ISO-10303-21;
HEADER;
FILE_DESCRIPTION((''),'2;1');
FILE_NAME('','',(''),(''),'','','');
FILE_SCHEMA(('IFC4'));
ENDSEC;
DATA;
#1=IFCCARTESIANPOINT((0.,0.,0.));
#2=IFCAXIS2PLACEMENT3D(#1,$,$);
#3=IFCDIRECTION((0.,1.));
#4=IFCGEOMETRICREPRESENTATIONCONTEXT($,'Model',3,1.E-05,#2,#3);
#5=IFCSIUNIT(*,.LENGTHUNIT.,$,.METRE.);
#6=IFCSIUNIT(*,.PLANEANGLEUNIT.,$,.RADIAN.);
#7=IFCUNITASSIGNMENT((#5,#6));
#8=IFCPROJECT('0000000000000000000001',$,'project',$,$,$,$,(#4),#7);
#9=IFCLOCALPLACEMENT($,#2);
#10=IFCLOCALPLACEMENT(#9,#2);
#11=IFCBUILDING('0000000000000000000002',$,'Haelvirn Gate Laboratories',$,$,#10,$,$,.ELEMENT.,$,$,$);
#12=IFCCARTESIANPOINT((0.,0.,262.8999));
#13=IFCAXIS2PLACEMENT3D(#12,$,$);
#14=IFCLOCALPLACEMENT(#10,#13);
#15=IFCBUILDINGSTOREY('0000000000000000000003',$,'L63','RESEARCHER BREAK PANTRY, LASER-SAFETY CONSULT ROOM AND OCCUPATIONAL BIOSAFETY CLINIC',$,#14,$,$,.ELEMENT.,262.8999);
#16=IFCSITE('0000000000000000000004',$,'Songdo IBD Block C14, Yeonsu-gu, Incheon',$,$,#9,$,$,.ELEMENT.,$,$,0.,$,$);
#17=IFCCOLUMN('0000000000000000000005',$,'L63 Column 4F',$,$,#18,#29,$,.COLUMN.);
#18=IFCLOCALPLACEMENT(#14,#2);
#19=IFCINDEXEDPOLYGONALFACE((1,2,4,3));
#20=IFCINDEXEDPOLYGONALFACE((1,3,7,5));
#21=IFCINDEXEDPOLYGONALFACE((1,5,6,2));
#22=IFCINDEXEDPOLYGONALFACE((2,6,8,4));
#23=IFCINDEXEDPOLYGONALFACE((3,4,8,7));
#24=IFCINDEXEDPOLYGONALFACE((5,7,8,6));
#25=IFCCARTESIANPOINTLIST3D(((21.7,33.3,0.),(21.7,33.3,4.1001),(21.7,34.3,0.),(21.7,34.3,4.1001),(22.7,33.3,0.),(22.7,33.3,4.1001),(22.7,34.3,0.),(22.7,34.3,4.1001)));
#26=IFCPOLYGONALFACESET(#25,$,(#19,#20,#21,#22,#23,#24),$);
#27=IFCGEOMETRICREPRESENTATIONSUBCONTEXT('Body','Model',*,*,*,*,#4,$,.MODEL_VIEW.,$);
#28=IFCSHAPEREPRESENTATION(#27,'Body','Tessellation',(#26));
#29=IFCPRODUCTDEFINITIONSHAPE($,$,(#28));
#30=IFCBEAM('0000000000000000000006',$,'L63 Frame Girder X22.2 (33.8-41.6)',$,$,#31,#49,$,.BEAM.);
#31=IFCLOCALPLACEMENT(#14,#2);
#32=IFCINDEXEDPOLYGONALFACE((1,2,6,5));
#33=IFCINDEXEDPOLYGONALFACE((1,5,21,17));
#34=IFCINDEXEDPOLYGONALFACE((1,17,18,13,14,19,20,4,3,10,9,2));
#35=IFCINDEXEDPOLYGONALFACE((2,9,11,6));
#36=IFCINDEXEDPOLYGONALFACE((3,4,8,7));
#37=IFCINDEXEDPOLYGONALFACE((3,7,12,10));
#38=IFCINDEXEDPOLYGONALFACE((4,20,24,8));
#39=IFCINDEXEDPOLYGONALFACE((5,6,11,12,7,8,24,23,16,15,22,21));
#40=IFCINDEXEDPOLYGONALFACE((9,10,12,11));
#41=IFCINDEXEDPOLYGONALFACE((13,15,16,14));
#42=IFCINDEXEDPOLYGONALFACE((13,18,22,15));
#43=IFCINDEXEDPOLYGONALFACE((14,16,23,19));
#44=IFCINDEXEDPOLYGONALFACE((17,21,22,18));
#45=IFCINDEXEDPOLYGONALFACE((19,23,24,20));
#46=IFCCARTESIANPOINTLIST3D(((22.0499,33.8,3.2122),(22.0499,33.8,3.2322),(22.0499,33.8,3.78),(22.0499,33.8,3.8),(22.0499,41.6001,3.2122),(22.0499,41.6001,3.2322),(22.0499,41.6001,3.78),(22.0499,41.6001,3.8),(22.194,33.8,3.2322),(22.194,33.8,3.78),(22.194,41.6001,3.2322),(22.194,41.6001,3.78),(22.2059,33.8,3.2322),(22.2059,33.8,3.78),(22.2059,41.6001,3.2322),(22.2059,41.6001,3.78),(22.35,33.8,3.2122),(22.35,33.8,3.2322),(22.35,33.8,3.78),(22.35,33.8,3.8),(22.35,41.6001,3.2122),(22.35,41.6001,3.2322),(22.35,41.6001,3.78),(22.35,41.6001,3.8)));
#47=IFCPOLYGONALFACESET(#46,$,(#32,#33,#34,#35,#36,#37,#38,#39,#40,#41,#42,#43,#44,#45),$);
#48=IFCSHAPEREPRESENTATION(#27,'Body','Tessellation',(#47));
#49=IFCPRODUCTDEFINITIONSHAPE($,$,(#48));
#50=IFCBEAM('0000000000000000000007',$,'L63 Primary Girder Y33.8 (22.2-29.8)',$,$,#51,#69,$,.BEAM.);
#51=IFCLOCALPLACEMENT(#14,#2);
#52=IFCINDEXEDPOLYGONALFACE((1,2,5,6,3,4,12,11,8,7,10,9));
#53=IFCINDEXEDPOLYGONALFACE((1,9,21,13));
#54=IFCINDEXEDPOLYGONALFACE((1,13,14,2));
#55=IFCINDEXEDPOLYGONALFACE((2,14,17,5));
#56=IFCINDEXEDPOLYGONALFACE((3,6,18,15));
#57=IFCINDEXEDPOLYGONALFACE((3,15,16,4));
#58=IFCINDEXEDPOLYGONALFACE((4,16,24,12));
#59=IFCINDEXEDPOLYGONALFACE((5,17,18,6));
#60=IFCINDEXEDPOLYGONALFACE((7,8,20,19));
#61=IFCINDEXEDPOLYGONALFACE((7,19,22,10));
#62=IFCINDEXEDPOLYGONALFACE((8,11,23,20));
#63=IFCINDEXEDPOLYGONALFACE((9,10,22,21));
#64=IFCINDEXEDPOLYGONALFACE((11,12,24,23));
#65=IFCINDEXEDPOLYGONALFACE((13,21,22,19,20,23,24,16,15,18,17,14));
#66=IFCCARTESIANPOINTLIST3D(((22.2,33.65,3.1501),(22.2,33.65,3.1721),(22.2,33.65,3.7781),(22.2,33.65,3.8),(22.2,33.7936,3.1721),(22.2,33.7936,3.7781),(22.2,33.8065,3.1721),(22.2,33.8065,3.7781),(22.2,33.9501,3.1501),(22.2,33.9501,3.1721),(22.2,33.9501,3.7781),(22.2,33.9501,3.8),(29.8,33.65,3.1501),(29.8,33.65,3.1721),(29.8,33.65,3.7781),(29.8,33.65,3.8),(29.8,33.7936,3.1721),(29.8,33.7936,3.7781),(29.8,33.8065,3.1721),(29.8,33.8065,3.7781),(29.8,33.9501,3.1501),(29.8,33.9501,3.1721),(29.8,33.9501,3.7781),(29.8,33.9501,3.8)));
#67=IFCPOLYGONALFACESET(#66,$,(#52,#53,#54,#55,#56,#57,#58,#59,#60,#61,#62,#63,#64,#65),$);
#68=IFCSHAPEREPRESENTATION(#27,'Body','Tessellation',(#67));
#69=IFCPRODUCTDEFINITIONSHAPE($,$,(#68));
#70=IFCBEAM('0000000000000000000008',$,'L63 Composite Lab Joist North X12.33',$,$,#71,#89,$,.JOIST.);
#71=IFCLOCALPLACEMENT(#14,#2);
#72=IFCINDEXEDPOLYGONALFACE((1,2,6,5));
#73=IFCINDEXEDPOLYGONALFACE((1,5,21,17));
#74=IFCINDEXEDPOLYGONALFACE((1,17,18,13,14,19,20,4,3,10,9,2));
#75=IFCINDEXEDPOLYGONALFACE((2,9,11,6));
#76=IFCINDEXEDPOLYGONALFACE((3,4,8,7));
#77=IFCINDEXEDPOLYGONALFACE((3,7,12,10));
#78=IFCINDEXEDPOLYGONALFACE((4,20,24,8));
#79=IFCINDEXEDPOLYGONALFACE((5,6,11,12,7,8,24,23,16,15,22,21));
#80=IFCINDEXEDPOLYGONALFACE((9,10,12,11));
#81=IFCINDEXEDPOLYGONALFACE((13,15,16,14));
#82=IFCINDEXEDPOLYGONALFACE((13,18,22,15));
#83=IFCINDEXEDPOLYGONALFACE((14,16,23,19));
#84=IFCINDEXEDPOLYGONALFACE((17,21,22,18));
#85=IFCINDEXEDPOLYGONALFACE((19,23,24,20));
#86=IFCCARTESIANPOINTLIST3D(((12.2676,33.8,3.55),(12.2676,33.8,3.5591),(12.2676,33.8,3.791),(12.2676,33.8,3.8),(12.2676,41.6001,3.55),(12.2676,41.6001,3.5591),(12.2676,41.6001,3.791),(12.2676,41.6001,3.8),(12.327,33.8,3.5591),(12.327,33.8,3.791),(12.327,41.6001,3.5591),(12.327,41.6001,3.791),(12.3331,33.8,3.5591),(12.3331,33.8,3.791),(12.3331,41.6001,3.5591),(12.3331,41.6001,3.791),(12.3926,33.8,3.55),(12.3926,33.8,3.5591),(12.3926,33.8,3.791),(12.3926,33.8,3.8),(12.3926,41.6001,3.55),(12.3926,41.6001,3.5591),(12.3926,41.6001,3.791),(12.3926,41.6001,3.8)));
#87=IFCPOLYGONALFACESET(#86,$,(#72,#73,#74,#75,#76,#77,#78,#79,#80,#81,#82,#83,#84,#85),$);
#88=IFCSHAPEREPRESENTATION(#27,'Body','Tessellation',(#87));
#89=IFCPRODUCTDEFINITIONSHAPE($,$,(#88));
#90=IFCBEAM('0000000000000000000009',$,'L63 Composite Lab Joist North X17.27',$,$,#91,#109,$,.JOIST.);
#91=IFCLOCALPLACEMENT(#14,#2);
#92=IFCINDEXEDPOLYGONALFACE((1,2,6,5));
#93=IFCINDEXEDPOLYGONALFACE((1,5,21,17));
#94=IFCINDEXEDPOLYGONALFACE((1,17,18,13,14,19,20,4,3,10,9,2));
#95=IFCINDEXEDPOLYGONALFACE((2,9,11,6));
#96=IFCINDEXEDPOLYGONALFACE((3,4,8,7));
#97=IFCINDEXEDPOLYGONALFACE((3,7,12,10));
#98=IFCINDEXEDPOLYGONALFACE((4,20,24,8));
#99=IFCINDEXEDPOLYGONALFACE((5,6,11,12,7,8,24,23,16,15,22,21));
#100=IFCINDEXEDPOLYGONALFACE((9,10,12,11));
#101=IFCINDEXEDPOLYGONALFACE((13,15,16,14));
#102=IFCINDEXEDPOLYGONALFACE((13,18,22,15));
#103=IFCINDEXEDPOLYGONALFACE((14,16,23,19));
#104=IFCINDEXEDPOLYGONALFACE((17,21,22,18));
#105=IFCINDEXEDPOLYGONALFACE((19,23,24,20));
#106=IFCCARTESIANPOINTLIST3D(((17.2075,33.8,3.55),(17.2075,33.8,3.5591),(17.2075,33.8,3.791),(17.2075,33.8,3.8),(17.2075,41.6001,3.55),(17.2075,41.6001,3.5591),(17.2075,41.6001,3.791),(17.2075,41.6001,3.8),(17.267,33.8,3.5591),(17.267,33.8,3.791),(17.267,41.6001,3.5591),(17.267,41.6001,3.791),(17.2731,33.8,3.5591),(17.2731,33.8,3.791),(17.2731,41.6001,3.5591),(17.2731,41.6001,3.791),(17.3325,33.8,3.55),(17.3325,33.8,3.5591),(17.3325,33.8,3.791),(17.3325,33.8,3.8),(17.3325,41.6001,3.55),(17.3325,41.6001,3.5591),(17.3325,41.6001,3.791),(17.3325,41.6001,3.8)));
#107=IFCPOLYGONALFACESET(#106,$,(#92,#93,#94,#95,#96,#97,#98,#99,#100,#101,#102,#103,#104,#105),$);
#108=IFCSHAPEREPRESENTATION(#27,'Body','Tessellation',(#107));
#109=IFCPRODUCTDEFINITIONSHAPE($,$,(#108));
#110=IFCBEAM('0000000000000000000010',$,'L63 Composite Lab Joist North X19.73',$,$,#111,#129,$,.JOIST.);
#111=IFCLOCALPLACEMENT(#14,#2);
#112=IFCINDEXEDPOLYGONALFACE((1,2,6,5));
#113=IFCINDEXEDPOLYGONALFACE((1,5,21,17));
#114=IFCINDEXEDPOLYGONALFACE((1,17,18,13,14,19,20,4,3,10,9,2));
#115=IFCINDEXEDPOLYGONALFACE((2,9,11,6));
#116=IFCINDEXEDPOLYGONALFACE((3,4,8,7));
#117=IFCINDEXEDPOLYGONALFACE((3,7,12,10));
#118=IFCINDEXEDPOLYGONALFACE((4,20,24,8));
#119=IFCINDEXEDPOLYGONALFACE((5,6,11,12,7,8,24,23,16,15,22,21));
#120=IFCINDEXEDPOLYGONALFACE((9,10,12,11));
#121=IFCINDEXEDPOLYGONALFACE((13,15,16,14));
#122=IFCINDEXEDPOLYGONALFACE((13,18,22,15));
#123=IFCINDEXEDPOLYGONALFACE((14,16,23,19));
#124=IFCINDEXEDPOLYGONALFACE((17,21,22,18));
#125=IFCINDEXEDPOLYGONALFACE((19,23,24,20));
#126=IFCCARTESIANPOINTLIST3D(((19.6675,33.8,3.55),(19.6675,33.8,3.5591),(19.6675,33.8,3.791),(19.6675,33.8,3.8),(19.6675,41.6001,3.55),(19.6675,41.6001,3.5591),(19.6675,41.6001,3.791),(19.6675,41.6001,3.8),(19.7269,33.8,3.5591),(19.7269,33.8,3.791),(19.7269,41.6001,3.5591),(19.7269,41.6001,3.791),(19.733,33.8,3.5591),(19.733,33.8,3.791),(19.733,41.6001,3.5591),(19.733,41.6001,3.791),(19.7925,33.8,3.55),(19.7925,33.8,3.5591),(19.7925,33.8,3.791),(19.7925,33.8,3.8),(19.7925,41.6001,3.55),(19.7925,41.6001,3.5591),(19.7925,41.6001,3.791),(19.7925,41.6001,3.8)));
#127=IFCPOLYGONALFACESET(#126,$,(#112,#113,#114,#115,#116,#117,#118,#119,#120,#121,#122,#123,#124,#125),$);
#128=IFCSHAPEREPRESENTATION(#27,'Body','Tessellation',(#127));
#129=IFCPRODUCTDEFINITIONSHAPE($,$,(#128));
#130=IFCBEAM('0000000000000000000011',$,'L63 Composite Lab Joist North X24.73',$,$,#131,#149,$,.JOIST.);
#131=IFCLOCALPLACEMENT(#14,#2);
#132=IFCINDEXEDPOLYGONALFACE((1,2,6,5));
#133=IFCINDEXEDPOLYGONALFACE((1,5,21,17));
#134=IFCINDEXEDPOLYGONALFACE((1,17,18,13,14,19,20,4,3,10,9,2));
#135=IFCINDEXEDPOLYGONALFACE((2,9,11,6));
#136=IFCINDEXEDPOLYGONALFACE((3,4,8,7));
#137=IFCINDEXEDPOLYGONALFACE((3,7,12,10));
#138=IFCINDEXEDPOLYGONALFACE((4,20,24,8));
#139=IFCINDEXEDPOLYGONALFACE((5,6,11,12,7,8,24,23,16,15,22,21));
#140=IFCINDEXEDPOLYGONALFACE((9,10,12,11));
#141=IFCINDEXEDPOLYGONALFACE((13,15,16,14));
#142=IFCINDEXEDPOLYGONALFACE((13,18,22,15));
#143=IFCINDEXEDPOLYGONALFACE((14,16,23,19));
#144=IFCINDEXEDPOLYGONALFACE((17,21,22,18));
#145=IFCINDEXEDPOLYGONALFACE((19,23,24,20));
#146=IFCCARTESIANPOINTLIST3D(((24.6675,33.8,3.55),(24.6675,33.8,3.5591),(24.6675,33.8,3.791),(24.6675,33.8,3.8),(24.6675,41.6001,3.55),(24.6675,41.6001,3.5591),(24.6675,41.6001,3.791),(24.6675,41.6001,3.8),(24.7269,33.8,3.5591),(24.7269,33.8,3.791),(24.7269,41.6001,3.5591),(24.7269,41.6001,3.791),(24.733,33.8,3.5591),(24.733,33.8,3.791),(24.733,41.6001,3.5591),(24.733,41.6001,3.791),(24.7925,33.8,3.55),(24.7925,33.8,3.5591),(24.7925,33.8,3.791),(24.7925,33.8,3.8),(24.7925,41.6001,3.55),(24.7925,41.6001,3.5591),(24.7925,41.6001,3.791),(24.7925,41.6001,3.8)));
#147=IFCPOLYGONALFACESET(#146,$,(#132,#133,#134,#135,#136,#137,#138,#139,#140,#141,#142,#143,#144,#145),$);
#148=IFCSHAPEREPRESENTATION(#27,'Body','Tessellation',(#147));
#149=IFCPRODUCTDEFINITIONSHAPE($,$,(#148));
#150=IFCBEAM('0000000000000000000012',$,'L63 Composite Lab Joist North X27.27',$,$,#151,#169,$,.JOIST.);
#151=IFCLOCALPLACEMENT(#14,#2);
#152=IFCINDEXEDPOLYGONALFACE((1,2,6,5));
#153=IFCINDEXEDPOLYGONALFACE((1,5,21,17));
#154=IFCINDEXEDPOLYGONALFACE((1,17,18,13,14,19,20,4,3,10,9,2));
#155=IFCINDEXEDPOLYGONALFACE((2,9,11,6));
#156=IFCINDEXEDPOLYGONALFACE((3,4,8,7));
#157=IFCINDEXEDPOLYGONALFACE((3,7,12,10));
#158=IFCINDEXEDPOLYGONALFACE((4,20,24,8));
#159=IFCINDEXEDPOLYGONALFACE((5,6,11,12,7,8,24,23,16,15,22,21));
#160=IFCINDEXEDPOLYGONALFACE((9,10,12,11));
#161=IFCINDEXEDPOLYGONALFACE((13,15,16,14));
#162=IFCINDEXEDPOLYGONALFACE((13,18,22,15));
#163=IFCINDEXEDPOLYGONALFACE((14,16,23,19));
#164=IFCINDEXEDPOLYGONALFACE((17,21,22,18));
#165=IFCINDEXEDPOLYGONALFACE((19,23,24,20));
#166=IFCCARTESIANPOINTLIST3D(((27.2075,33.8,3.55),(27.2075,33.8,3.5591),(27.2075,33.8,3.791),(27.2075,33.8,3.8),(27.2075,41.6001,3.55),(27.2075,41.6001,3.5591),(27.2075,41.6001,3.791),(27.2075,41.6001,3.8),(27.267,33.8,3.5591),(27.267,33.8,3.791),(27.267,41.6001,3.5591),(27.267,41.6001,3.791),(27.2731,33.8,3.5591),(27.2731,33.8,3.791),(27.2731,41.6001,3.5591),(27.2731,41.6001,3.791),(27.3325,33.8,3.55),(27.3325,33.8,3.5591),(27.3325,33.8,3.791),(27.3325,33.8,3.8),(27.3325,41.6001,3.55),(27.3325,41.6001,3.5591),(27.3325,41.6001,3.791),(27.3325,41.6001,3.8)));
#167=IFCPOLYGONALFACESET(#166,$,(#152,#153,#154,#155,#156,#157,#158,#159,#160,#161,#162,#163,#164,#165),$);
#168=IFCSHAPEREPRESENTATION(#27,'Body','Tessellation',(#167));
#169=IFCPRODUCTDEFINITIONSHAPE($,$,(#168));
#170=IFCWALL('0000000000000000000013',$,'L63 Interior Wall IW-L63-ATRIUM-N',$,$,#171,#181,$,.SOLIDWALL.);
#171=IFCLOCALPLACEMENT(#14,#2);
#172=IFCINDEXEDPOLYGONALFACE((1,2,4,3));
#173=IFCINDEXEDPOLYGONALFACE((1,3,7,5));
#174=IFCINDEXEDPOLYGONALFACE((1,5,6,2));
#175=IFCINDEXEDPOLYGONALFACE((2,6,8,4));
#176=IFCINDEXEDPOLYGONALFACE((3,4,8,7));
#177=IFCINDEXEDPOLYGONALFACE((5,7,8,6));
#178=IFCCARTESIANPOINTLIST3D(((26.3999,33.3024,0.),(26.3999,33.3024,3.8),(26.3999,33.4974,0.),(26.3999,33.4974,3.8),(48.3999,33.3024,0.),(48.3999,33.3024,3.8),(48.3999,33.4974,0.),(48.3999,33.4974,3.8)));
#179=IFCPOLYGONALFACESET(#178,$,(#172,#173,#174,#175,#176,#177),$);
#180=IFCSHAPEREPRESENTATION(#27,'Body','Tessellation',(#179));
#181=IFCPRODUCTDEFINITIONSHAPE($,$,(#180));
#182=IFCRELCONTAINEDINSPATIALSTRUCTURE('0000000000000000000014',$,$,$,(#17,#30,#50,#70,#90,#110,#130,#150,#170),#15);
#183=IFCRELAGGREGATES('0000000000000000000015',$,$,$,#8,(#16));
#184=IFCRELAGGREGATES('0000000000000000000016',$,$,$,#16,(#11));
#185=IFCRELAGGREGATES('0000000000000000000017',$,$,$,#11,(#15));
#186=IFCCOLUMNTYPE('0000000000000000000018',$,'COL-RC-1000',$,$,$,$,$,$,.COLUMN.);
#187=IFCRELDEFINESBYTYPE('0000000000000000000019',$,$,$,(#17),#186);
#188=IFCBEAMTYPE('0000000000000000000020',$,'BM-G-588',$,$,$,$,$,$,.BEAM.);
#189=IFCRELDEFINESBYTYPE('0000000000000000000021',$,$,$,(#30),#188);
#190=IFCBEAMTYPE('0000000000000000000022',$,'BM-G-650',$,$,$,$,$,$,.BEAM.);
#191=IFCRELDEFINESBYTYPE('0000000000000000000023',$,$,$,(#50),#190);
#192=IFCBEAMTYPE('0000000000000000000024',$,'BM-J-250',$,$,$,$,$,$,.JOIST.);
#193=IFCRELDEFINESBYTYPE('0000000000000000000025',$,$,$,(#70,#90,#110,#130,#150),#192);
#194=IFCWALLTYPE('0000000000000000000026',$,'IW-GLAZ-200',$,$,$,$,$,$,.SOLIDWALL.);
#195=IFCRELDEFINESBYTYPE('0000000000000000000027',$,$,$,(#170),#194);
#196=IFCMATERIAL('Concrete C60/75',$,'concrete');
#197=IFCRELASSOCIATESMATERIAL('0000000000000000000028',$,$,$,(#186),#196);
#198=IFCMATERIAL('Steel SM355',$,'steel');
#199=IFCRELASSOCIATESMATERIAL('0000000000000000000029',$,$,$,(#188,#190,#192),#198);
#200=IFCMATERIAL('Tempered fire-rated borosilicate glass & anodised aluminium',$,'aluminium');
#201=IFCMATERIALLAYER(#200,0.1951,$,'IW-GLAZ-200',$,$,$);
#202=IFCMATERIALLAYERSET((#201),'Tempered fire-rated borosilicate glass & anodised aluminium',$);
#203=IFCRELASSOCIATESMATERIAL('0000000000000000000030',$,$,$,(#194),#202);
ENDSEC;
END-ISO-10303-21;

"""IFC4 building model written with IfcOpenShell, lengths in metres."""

from ifc_helpers import new_model, si_unit, direction, frame, frame_2d, origin, origin_2d, place, context, subcontext, project, spatial, rectangle, i_section, extrude, source, transform, mapped, material, layer, layer_set, material_profile, profile_set, type_object, type_shapes, element, save


model = new_model("IFC4")

# Units and contexts
model_context = context("Model", 3, precision=1e-05, world=origin(), true_north=direction((0.0, 1.0)))
body_context = subcontext(model_context, "Body", "Model", "MODEL_VIEW")
ifc_project = project(units=[si_unit("LENGTHUNIT", "METRE"), si_unit("PLANEANGLEUNIT", "RADIAN")], contexts=[model_context])

# Site, building, storey
site_placement = place(None, origin())
site = spatial("IfcSite", under=ifc_project, at=site_placement, Name="Songdo IBD Block C14, Yeonsu-gu, Incheon", CompositionType="ELEMENT", RefElevation=0.0)
building_placement = place(site_placement, origin())
building = spatial("IfcBuilding", under=site, at=building_placement, Name="Haelvirn Gate Laboratories", CompositionType="ELEMENT")
storey_placement = place(building_placement, frame((0.0, 0.0, 262.8999)))
storey = spatial("IfcBuildingStorey", under=building, at=storey_placement, Name="L63", Description="RESEARCHER BREAK PANTRY, LASER-SAFETY CONSULT ROOM AND OCCUPATIONAL BIOSAFETY CLINIC", CompositionType="ELEMENT", Elevation=262.8999)

# Column
ifc_material_1 = material(Name="Concrete C60/75", Category="concrete")
ifc_material_profile_1 = material_profile(ifc_material_1, rectangle(XDim=1.0, YDim=1.0, at=origin_2d()), Name="RC-1000x1000")
ifc_profile_set_1 = profile_set([ifc_material_profile_1], Name="Concrete C60/75")
column_type = type_object("IfcColumnType", Name="COL-RC-1000", PredefinedType="COLUMN", material=ifc_profile_set_1)
shared_shape_1 = source(origin(), body_context, "Body", "SweptSolid", [
    extrude(rectangle(XDim=1.0, YDim=1.0, at=origin_2d()), origin(), (0.0, 0.0, 1.0), 4.1001),
])
type_shapes(column_type, [shared_shape_1])
column_placement = place(storey_placement, frame((22.2, 33.8, 0.0), z_axis=(0.0, 0.0, 1.0), x_axis=(1.0, 0.0, 0.0)))
element("IfcColumn", 1, at=column_placement, inside=storey, type_object=column_type, Name="L63 Column 4F", PredefinedType="COLUMN", context=body_context, shape_type="MappedRepresentation", body=[
    mapped(shared_shape_1, transform((0.0, 0.0, 0.0), scale=1.0)),
])

# Beams
ifc_material_2 = material(Name="Steel SM355", Category="steel")
ifc_material_profile_2 = material_profile(ifc_material_2, i_section(OverallWidth=0.3, OverallDepth=0.5879, WebThickness=0.012, FlangeThickness=0.02, at=origin_2d()), Name="H-588x300x12x20")
ifc_profile_set_2 = profile_set([ifc_material_profile_2], Name="Steel SM355")
beam_type_1 = type_object("IfcBeamType", Name="BM-G-588", PredefinedType="BEAM", material=ifc_profile_set_2)
shared_shape_2 = source(origin(), body_context, "Body", "SweptSolid", [
    extrude(i_section(OverallWidth=0.3, OverallDepth=0.5879, WebThickness=0.012, FlangeThickness=0.02, at=origin_2d()), origin(), (0.0, 0.0, 1.0), 7.8),
])
type_shapes(beam_type_1, [shared_shape_2])
beam_1_placement = place(storey_placement, frame((22.2, 33.8, 3.5061), z_axis=(0.0, 1.0, 0.0), x_axis=(-1.0, 0.0, 0.0)))
element("IfcBeam", 2, at=beam_1_placement, inside=storey, type_object=beam_type_1, Name="L63 Frame Girder X22.2 (33.8-41.6)", PredefinedType="BEAM", context=body_context, shape_type="MappedRepresentation", body=[
    mapped(shared_shape_2, transform((0.0, 0.0, 0.0), scale=1.0)),
])
ifc_material_profile_3 = material_profile(ifc_material_2, i_section(OverallWidth=0.3, OverallDepth=0.6499, WebThickness=0.0129, FlangeThickness=0.022, at=origin_2d()), Name="H-650x300x13x22")
ifc_profile_set_3 = profile_set([ifc_material_profile_3], Name="Steel SM355")
beam_type_2 = type_object("IfcBeamType", Name="BM-G-650", PredefinedType="BEAM", material=ifc_profile_set_3)
shared_shape_3 = source(origin(), body_context, "Body", "SweptSolid", [
    extrude(i_section(OverallWidth=0.3, OverallDepth=0.6499, WebThickness=0.0129, FlangeThickness=0.022, at=origin_2d()), origin(), (0.0, 0.0, 1.0), 7.6001),
])
type_shapes(beam_type_2, [shared_shape_3])
beam_2_placement = place(storey_placement, frame((22.2, 33.8, 3.4751), z_axis=(1.0, 0.0, 0.0), x_axis=(0.0, 1.0, 0.0)))
element("IfcBeam", 3, at=beam_2_placement, inside=storey, type_object=beam_type_2, Name="L63 Primary Girder Y33.8 (22.2-29.8)", PredefinedType="BEAM", context=body_context, shape_type="MappedRepresentation", body=[
    mapped(shared_shape_3, transform((0.0, 0.0, 0.0), scale=1.0)),
])
ifc_material_profile_4 = material_profile(ifc_material_2, i_section(OverallWidth=0.125, OverallDepth=0.25, WebThickness=0.0061, FlangeThickness=0.009, at=origin_2d()), Name="H-250x125x6x9")
ifc_profile_set_4 = profile_set([ifc_material_profile_4], Name="Steel SM355")
beam_type_3 = type_object("IfcBeamType", Name="BM-J-250", PredefinedType="JOIST", material=ifc_profile_set_4)
shared_shape_4 = source(origin(), body_context, "Body", "SweptSolid", [
    extrude(i_section(OverallWidth=0.125, OverallDepth=0.25, WebThickness=0.0061, FlangeThickness=0.009, at=origin_2d()), origin(), (0.0, 0.0, 1.0), 7.8),
])
type_shapes(beam_type_3, [shared_shape_4])
for number, where, z_axis, x_axis, name in (
    (4, (12.3301, 33.8, 3.675), (0.0, 1.0, 0.0), (-1.0, 0.0, 0.0), "L63 Composite Lab Joist North X12.33"),
    (5, (17.27, 33.8, 3.675), (0.0, 1.0, 0.0), (-1.0, 0.0, 0.0), "L63 Composite Lab Joist North X17.27"),
    (6, (19.73, 33.8, 3.675), (0.0, 1.0, 0.0), (-1.0, 0.0, 0.0), "L63 Composite Lab Joist North X19.73"),
    (7, (24.73, 33.8, 3.675), (0.0, 1.0, 0.0), (-1.0, 0.0, 0.0), "L63 Composite Lab Joist North X24.73"),
    (8, (27.27, 33.8, 3.675), (0.0, 1.0, 0.0), (-1.0, 0.0, 0.0), "L63 Composite Lab Joist North X27.27"),
):
    element("IfcBeam", number, at=place(storey_placement, frame(where, z_axis=z_axis, x_axis=x_axis)), inside=storey, type_object=beam_type_3, Name=name, PredefinedType="JOIST", context=body_context, shape_type="MappedRepresentation", body=[
        mapped(shared_shape_4, transform((0.0, 0.0, 0.0), scale=1.0)),
    ])

# Wall
ifc_material_3 = material(Name="Tempered fire-rated borosilicate glass & anodised aluminium", Category="aluminium")
ifc_layer_1 = layer(ifc_material_3, 0.1951, Name="IW-GLAZ-200")
ifc_layer_set_1 = layer_set([ifc_layer_1], Name="Tempered fire-rated borosilicate glass & anodised aluminium")
wall_type_1 = type_object("IfcWallType", Name="IW-GLAZ-200", PredefinedType="SOLIDWALL", material=ifc_layer_set_1)
wall_1_placement = place(storey_placement, frame((26.3999, 33.3999, 0.0), z_axis=(0.0, 0.0, 1.0), x_axis=(1.0, 0.0, 0.0)))
element("IfcWall", 9, at=wall_1_placement, inside=storey, type_object=wall_type_1, Name="L63 Interior Wall IW-L63-ATRIUM-N", PredefinedType="SOLIDWALL", context=body_context, shape_type="SweptSolid", body=[
    extrude(rectangle(XDim=22.0, YDim=0.1951, at=frame_2d((11.0, 0.0))), origin(), (0.0, 0.0, 1.0), 3.8),
])

save(model, "model.ifc")
